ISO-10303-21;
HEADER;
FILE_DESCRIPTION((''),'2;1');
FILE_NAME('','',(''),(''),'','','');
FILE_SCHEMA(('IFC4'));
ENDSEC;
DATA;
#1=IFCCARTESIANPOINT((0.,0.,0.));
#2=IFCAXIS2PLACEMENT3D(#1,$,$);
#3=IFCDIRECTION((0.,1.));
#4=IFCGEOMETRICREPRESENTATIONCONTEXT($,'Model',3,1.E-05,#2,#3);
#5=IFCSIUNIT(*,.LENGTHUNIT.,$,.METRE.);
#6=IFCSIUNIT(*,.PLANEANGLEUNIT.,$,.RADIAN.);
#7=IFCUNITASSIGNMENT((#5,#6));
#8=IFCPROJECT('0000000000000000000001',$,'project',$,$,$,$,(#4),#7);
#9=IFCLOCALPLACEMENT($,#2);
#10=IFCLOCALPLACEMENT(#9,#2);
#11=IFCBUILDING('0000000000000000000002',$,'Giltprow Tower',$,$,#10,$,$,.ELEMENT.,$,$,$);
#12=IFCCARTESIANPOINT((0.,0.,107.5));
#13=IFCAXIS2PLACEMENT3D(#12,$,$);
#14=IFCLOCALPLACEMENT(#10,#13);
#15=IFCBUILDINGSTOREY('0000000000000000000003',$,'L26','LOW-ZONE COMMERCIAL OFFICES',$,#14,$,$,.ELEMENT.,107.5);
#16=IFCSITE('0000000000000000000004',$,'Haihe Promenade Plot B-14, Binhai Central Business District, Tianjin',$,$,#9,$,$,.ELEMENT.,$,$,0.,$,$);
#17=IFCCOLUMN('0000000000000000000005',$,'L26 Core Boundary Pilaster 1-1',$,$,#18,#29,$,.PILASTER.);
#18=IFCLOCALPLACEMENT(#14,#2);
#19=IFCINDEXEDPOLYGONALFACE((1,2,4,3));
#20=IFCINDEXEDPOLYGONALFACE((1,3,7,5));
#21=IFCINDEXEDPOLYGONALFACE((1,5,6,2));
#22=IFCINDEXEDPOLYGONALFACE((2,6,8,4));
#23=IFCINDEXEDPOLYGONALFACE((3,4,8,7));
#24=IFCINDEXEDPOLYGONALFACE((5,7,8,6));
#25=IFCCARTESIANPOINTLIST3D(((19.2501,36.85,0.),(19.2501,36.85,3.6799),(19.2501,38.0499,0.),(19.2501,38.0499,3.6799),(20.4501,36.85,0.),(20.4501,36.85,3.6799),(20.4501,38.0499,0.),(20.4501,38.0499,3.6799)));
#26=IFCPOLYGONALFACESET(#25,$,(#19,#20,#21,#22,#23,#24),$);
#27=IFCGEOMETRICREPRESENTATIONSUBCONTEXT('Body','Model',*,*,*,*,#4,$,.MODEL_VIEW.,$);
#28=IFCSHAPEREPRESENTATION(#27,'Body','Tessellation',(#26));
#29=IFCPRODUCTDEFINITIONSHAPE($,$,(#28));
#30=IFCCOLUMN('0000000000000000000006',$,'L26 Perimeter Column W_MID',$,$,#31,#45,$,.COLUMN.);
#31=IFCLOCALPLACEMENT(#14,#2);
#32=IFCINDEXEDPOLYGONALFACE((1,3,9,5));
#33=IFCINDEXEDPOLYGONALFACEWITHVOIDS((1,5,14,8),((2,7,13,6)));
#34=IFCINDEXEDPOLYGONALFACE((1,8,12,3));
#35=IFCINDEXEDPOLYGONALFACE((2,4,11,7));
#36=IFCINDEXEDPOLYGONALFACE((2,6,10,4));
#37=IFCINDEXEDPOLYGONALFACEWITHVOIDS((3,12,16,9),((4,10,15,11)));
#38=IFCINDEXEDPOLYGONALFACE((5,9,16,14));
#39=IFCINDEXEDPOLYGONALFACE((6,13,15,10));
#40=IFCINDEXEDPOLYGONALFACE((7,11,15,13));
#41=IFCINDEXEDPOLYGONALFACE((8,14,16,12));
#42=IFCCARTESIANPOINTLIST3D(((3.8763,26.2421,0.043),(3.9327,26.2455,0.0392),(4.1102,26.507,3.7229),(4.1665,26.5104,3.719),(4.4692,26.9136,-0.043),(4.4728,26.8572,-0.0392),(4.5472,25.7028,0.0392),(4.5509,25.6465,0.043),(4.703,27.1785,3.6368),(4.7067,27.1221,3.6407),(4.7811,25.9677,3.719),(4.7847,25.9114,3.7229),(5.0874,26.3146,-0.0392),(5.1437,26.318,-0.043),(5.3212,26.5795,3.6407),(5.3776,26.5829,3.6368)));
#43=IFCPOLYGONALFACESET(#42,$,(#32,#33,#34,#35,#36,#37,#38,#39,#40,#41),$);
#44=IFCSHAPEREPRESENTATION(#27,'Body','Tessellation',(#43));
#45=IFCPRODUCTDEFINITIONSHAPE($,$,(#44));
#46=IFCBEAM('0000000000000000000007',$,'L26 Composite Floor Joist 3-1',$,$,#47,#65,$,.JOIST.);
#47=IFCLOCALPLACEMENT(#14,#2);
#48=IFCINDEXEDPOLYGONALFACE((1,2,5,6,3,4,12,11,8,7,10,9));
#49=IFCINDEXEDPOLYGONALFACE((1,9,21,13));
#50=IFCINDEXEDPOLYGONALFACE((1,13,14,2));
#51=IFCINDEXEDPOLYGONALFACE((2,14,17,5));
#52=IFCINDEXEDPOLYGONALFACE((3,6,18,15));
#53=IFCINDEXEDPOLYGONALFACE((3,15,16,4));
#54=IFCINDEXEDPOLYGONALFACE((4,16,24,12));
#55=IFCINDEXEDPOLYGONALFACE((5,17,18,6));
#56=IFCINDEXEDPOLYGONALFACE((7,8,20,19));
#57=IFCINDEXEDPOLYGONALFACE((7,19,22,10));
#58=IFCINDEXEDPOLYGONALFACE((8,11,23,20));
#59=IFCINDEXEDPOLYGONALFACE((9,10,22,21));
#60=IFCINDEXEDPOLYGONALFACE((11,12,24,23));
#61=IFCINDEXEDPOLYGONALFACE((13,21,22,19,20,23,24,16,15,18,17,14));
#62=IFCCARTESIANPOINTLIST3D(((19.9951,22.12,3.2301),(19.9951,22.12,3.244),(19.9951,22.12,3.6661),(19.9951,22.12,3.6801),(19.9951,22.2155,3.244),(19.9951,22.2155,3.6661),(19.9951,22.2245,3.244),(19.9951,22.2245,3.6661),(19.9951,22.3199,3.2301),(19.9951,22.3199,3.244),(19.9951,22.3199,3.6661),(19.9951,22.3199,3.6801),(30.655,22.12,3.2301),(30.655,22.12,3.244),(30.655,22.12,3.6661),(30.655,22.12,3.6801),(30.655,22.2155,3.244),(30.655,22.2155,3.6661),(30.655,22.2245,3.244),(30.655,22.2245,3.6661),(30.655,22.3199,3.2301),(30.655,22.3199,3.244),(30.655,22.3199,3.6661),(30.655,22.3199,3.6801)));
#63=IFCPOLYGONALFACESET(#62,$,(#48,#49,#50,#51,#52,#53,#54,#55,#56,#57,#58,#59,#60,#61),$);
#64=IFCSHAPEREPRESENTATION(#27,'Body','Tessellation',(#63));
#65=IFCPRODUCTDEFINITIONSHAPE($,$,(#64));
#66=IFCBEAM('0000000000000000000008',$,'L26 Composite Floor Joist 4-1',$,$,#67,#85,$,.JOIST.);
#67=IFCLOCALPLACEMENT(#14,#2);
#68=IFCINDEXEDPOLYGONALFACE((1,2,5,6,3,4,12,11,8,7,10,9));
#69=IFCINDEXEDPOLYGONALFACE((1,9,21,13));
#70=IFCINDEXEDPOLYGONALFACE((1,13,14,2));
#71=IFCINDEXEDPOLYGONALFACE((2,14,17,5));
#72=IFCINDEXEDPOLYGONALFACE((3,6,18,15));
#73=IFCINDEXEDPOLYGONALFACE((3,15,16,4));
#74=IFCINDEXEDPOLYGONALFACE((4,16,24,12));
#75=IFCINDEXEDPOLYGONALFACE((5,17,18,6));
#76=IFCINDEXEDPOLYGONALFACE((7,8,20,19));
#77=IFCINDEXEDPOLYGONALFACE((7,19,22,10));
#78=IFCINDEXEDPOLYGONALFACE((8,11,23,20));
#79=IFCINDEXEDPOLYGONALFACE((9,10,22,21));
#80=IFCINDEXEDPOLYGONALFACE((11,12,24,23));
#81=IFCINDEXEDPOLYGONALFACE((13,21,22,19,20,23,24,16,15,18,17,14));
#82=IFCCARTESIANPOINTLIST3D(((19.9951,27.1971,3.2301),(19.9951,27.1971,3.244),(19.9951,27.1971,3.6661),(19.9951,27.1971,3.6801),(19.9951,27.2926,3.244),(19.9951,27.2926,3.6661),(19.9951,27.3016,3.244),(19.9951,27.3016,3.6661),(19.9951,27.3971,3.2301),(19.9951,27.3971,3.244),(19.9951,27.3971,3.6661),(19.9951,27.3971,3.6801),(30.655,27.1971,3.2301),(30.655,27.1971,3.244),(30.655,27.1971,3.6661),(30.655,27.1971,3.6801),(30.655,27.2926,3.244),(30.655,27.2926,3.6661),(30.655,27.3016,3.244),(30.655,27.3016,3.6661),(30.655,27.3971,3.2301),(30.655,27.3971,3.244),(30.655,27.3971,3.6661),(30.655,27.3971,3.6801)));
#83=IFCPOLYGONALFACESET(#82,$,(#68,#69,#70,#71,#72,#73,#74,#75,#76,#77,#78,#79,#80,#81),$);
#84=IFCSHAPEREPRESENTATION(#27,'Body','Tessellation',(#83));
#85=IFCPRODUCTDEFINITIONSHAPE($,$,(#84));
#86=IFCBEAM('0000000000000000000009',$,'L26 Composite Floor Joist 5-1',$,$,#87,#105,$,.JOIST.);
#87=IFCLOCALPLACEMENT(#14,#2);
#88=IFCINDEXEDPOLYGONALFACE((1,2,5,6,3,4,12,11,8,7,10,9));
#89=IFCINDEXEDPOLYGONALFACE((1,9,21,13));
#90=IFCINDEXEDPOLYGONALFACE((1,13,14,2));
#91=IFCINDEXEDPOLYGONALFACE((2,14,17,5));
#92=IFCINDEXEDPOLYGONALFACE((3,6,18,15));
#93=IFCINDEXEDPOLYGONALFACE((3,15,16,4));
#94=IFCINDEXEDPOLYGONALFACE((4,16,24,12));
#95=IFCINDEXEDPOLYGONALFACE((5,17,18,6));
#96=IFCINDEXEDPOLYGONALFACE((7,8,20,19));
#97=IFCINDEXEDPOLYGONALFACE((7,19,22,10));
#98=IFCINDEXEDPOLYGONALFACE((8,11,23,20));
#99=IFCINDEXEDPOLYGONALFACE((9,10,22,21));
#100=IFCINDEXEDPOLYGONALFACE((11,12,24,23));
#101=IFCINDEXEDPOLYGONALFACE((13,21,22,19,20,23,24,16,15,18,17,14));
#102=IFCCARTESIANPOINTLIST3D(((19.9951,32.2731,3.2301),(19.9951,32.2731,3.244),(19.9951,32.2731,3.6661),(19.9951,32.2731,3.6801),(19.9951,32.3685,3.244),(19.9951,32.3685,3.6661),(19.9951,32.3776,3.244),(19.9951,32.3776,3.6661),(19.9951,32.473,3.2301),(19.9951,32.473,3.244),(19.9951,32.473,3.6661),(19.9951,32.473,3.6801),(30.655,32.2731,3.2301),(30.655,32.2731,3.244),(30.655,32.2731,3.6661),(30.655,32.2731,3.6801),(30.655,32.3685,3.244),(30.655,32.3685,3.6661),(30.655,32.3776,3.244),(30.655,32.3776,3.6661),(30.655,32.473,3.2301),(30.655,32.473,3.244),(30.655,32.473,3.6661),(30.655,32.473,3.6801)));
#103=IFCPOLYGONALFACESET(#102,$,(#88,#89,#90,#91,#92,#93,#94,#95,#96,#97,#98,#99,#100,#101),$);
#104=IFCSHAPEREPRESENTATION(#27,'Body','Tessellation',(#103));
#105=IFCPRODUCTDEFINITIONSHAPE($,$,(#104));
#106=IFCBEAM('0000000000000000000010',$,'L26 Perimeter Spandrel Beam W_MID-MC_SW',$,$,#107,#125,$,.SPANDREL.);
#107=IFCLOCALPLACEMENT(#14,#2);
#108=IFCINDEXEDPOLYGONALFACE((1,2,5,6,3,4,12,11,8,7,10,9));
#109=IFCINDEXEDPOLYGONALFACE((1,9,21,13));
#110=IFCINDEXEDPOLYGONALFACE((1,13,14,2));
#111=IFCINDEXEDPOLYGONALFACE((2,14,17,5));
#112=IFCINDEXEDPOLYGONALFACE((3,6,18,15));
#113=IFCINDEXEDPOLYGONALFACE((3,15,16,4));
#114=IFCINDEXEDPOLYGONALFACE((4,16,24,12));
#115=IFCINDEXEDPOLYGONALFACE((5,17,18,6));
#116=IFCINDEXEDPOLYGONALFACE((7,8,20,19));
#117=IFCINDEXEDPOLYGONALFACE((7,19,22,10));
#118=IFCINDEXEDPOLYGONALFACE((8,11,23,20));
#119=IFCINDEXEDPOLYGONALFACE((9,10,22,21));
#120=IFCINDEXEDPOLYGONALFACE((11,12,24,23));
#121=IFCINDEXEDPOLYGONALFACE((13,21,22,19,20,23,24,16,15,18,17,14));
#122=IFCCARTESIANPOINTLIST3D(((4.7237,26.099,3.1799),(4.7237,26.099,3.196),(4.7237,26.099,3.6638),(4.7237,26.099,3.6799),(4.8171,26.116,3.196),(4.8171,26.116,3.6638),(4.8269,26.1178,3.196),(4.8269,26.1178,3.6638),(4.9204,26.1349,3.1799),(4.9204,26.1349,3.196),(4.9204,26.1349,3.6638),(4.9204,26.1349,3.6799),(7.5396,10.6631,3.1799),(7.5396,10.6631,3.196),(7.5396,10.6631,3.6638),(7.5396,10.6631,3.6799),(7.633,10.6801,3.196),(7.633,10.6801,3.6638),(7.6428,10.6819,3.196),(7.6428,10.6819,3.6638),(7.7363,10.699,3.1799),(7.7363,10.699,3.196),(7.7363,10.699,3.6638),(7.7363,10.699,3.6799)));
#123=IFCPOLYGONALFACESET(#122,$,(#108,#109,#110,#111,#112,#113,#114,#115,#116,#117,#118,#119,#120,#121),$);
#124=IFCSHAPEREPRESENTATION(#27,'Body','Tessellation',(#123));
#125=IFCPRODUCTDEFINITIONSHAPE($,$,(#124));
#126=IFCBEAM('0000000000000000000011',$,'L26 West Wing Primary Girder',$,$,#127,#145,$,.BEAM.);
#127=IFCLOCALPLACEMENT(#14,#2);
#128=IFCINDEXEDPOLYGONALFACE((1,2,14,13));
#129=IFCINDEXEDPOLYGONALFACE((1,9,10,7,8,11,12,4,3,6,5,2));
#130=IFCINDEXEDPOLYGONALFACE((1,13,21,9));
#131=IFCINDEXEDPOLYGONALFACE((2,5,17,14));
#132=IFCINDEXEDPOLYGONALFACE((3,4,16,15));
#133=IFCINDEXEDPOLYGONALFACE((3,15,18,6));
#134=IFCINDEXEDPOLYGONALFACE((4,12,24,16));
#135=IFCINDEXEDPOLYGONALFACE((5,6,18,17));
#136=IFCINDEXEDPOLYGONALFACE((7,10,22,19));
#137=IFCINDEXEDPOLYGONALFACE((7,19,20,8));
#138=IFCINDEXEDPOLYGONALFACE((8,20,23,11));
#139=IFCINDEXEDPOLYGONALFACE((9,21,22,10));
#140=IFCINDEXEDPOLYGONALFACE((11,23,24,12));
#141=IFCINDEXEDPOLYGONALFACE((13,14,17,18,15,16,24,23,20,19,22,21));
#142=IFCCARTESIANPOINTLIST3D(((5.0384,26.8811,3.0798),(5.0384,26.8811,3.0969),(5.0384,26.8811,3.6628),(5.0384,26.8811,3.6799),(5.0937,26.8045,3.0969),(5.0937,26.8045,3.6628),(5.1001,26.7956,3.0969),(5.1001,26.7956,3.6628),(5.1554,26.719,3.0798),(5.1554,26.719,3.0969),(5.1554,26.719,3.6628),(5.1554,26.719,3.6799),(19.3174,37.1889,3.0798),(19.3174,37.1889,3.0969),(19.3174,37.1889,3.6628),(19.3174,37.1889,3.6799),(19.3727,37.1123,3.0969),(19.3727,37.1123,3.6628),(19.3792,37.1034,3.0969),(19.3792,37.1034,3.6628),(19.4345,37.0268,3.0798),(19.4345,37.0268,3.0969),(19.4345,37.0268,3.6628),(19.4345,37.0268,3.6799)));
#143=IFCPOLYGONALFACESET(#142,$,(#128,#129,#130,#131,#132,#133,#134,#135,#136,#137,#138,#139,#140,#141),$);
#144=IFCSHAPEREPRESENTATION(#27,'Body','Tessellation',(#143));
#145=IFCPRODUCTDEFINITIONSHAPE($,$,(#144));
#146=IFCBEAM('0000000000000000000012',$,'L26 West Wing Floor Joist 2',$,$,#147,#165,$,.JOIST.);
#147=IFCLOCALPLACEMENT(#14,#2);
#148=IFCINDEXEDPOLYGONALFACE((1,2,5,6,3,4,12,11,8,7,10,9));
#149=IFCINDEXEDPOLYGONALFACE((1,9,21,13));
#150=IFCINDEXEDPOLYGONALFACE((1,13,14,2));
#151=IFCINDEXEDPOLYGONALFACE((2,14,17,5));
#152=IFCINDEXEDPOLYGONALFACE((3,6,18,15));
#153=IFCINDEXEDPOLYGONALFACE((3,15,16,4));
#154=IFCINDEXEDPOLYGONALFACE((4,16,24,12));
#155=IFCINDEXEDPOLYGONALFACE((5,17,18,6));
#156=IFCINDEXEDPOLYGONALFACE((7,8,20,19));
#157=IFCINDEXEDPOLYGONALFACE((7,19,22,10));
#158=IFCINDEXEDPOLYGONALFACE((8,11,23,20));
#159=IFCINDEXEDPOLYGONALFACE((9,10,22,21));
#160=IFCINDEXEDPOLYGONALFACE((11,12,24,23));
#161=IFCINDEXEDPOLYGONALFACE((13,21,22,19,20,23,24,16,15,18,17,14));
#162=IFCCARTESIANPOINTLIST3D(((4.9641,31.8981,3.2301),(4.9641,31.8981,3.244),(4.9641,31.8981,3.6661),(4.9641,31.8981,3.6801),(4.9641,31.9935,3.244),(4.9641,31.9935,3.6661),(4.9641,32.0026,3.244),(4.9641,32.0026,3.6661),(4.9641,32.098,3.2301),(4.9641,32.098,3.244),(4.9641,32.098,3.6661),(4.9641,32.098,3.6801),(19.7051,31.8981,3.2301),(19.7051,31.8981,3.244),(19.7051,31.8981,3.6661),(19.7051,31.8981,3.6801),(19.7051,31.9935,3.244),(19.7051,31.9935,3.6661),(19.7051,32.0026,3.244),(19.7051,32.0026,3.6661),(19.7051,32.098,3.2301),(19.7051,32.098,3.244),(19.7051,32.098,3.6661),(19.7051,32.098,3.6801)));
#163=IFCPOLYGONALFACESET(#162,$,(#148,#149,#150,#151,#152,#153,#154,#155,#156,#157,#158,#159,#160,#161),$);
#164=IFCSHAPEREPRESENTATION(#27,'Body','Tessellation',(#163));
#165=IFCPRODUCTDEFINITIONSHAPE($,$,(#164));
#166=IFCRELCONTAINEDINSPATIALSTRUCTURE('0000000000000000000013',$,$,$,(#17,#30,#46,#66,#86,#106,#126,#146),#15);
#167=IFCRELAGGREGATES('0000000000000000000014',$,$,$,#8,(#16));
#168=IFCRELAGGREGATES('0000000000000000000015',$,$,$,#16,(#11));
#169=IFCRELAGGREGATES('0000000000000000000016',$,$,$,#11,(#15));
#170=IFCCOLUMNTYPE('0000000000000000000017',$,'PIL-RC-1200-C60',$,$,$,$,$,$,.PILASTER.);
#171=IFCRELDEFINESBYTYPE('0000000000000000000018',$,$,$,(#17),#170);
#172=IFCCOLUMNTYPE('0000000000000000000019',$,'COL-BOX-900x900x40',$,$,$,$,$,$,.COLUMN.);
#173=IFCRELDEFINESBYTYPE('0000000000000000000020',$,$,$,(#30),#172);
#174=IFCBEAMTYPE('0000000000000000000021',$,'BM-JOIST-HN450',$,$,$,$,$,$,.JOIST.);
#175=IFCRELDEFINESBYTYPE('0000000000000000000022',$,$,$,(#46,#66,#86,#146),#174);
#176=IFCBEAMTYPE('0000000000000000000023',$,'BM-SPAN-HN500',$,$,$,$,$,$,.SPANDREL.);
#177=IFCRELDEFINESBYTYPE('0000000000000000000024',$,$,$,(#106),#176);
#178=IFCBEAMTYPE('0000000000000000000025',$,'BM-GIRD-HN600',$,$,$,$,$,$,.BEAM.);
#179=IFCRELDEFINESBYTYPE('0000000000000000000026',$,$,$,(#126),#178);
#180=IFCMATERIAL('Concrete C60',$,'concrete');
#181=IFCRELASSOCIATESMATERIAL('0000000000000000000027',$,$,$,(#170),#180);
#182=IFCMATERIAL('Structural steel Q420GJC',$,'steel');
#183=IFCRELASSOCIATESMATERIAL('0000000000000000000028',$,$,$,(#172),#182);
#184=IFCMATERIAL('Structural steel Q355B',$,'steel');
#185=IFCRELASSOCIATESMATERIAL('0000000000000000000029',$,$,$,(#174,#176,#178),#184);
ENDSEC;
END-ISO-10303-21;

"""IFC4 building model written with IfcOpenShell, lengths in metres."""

from ifc_helpers import new_model, si_unit, direction, frame, origin, origin_2d, place, context, subcontext, project, spatial, rectangle, hollow_rectangle, i_section, extrude, source, transform, mapped, material, material_profile, profile_set, type_object, element, save


model = new_model("IFC4")

# Units and contexts
model_context = context("Model", 3, precision=1e-05, world=origin(), true_north=direction((0.0, 1.0)))
body_context = subcontext(model_context, "Body", "Model", "MODEL_VIEW")
ifc_project = project(units=[si_unit("LENGTHUNIT", "METRE"), si_unit("PLANEANGLEUNIT", "RADIAN")], contexts=[model_context])

# Site, building, storey
site_placement = place(None, origin())
site = spatial("IfcSite", under=ifc_project, at=site_placement, Name="Haihe Promenade Plot B-14, Binhai Central Business District, Tianjin", CompositionType="ELEMENT", RefElevation=0.0)
building_placement = place(site_placement, origin())
building = spatial("IfcBuilding", under=site, at=building_placement, Name="Giltprow Tower", CompositionType="ELEMENT")
storey_placement = place(building_placement, frame((0.0, 0.0, 107.5)))
storey = spatial("IfcBuildingStorey", under=building, at=storey_placement, Name="L26", Description="LOW-ZONE COMMERCIAL OFFICES", CompositionType="ELEMENT", Elevation=107.5)

# Columns
ifc_material_1 = material(Name="Concrete C60", Category="concrete")
ifc_material_profile_1 = material_profile(ifc_material_1, rectangle(XDim=1.2, YDim=1.2, at=origin_2d()), Name="RC 1200x1200")
ifc_profile_set_1 = profile_set([ifc_material_profile_1], Name="Concrete C60")
column_type_1 = type_object("IfcColumnType", Name="PIL-RC-1200-C60", PredefinedType="PILASTER", material=ifc_profile_set_1)
shared_shape_1 = source(origin(), body_context, "Body", "SweptSolid", [
    extrude(rectangle(XDim=1.2, YDim=1.2, at=origin_2d()), origin(), (0.0, 0.0, 1.0), 3.6799),
])
column_1_placement = place(storey_placement, frame((19.8501, 37.45, 0.0), z_axis=(0.0, 0.0, 1.0), x_axis=(1.0, 0.0, 0.0)))
element("IfcColumn", 1, at=column_1_placement, inside=storey, type_object=column_type_1, Name="L26 Core Boundary Pilaster 1-1", PredefinedType="PILASTER", context=body_context, shape_type="MappedRepresentation", body=[
    mapped(shared_shape_1, transform((0.0, 0.0, 0.0), x_axis=(1.0, 0.0, 0.0), y_axis=(0.0, 1.0, 0.0), z_axis=(0.0, 0.0, 1.0), scale=1.0)),
])
ifc_material_2 = material(Name="Structural steel Q420GJC", Category="steel")
ifc_material_profile_2 = material_profile(ifc_material_2, hollow_rectangle(XDim=0.8999, YDim=0.8999, WallThickness=0.04, at=origin_2d()), Name="BOX 900x900x40")
ifc_profile_set_2 = profile_set([ifc_material_profile_2], Name="Structural steel Q420GJC")
column_type_2 = type_object("IfcColumnType", Name="COL-BOX-900x900x40", PredefinedType="COLUMN", material=ifc_profile_set_2)
shared_shape_2 = source(origin(), body_context, "Body", "SweptSolid", [
    extrude(hollow_rectangle(XDim=0.8999, YDim=0.8999, WallThickness=0.04, at=origin_2d()), origin(), (0.0, 0.0, 1.0), 3.6968),
])
column_2_placement = place(storey_placement, frame((4.51, 26.28, 0.0), z_axis=(0.063266, 0.071653, 0.995421), x_axis=(-0.749616, 0.661873, 0.0)))
element("IfcColumn", 2, at=column_2_placement, inside=storey, type_object=column_type_2, Name="L26 Perimeter Column W_MID", PredefinedType="COLUMN", context=body_context, shape_type="MappedRepresentation", body=[
    mapped(shared_shape_2, transform((0.0, 0.0, 0.0), x_axis=(1.0, 0.0, 0.0), y_axis=(0.0, 1.0, 0.0), z_axis=(0.0, 0.0, 1.0), scale=1.0)),
])

# Beams
ifc_material_3 = material(Name="Structural steel Q355B", Category="steel")
ifc_material_profile_3 = material_profile(ifc_material_3, i_section(OverallWidth=0.2, OverallDepth=0.45, WebThickness=0.009, FlangeThickness=0.0139, at=origin_2d()), Name="HN 450x200x9x14")
ifc_profile_set_3 = profile_set([ifc_material_profile_3], Name="Structural steel Q355B")
beam_type_1 = type_object("IfcBeamType", Name="BM-JOIST-HN450", PredefinedType="JOIST", material=ifc_profile_set_3)
shared_shape_3 = source(origin(), body_context, "Body", "SweptSolid", [
    extrude(i_section(OverallWidth=0.2, OverallDepth=0.45, WebThickness=0.009, FlangeThickness=0.0139, at=origin_2d()), origin(), (0.0, 0.0, 1.0), 10.6599),
])
for number, where, z_axis, x_axis, name in (
    (3, (19.9951, 22.22, 3.4551), (1.0, 0.0, 0.0), (0.0, 1.0, 0.0), "L26 Composite Floor Joist 3-1"),
    (4, (19.9951, 27.2971, 3.4551), (1.0, 0.0, 0.0), (0.0, 1.0, 0.0), "L26 Composite Floor Joist 4-1"),
    (5, (19.9951, 32.373, 3.4551), (1.0, 0.0, 0.0), (0.0, 1.0, 0.0), "L26 Composite Floor Joist 5-1"),
):
    element("IfcBeam", number, at=place(storey_placement, frame(where, z_axis=z_axis, x_axis=x_axis)), inside=storey, type_object=beam_type_1, Name=name, PredefinedType="JOIST", context=body_context, shape_type="MappedRepresentation", body=[
        mapped(shared_shape_3, transform((0.0, 0.0, 0.0), x_axis=(1.0, 0.0, 0.0), y_axis=(0.0, 1.0, 0.0), z_axis=(0.0, 0.0, 1.0), scale=1.0)),
    ])
ifc_material_profile_4 = material_profile(ifc_material_3, i_section(OverallWidth=0.2, OverallDepth=0.5, WebThickness=0.01, FlangeThickness=0.0161, at=origin_2d()), Name="HN 500x200x10x16")
ifc_profile_set_4 = profile_set([ifc_material_profile_4], Name="Structural steel Q355B")
beam_type_2 = type_object("IfcBeamType", Name="BM-SPAN-HN500", PredefinedType="SPANDREL", material=ifc_profile_set_4)
shared_shape_4 = source(origin(), body_context, "Body", "SweptSolid", [
    extrude(i_section(OverallWidth=0.2, OverallDepth=0.5, WebThickness=0.01, FlangeThickness=0.0161, at=origin_2d()), origin(), (0.0, 0.0, 1.0), 15.6907),
])
beam_1_placement = place(storey_placement, frame((4.822, 26.1169, 3.4299), z_axis=(0.179463, -0.983765, 0.0), x_axis=(0.983765, 0.179463, 0.0)))
element("IfcBeam", 6, at=beam_1_placement, inside=storey, type_object=beam_type_2, Name="L26 Perimeter Spandrel Beam W_MID-MC_SW", PredefinedType="SPANDREL", context=body_context, shape_type="MappedRepresentation", body=[
    mapped(shared_shape_4, transform((0.0, 0.0, 0.0), x_axis=(1.0, 0.0, 0.0), y_axis=(0.0, 1.0, 0.0), z_axis=(0.0, 0.0, 1.0), scale=1.0)),
])
ifc_material_profile_5 = material_profile(ifc_material_3, i_section(OverallWidth=0.2, OverallDepth=0.6001, WebThickness=0.011, FlangeThickness=0.0171, at=origin_2d()), Name="HN 600x200x11x17")
ifc_profile_set_5 = profile_set([ifc_material_profile_5], Name="Structural steel Q355B")
beam_type_3 = type_object("IfcBeamType", Name="BM-GIRD-HN600", PredefinedType="BEAM", material=ifc_profile_set_5)
shared_shape_5 = source(origin(), body_context, "Body", "SweptSolid", [
    extrude(i_section(OverallWidth=0.2, OverallDepth=0.6001, WebThickness=0.011, FlangeThickness=0.0171, at=origin_2d()), origin(), (0.0, 0.0, 1.0), 17.6108),
])
beam_2_placement = place(storey_placement, frame((5.0969, 26.8, 3.3799), z_axis=(0.810808, 0.585312, 0.0), x_axis=(-0.585312, 0.810808, 0.0)))
element("IfcBeam", 7, at=beam_2_placement, inside=storey, type_object=beam_type_3, Name="L26 West Wing Primary Girder", PredefinedType="BEAM", context=body_context, shape_type="MappedRepresentation", body=[
    mapped(shared_shape_5, transform((0.0, 0.0, 0.0), x_axis=(1.0, 0.0, 0.0), y_axis=(0.0, 1.0, 0.0), z_axis=(0.0, 0.0, 1.0), scale=1.0)),
])
shared_shape_6 = source(origin(), body_context, "Body", "SweptSolid", [
    extrude(i_section(OverallWidth=0.2, OverallDepth=0.45, WebThickness=0.009, FlangeThickness=0.0139, at=origin_2d()), origin(), (0.0, 0.0, 1.0), 14.741),
])
beam_3_placement = place(storey_placement, frame((4.9641, 31.998, 3.4551), z_axis=(1.0, 0.0, 0.0), x_axis=(0.0, 1.0, 0.0)))
element("IfcBeam", 8, at=beam_3_placement, inside=storey, type_object=beam_type_1, Name="L26 West Wing Floor Joist 2", PredefinedType="JOIST", context=body_context, shape_type="MappedRepresentation", body=[
    mapped(shared_shape_6, transform((0.0, 0.0, 0.0), x_axis=(1.0, 0.0, 0.0), y_axis=(0.0, 1.0, 0.0), z_axis=(0.0, 0.0, 1.0), scale=1.0)),
])

save(model, "model.ifc")
